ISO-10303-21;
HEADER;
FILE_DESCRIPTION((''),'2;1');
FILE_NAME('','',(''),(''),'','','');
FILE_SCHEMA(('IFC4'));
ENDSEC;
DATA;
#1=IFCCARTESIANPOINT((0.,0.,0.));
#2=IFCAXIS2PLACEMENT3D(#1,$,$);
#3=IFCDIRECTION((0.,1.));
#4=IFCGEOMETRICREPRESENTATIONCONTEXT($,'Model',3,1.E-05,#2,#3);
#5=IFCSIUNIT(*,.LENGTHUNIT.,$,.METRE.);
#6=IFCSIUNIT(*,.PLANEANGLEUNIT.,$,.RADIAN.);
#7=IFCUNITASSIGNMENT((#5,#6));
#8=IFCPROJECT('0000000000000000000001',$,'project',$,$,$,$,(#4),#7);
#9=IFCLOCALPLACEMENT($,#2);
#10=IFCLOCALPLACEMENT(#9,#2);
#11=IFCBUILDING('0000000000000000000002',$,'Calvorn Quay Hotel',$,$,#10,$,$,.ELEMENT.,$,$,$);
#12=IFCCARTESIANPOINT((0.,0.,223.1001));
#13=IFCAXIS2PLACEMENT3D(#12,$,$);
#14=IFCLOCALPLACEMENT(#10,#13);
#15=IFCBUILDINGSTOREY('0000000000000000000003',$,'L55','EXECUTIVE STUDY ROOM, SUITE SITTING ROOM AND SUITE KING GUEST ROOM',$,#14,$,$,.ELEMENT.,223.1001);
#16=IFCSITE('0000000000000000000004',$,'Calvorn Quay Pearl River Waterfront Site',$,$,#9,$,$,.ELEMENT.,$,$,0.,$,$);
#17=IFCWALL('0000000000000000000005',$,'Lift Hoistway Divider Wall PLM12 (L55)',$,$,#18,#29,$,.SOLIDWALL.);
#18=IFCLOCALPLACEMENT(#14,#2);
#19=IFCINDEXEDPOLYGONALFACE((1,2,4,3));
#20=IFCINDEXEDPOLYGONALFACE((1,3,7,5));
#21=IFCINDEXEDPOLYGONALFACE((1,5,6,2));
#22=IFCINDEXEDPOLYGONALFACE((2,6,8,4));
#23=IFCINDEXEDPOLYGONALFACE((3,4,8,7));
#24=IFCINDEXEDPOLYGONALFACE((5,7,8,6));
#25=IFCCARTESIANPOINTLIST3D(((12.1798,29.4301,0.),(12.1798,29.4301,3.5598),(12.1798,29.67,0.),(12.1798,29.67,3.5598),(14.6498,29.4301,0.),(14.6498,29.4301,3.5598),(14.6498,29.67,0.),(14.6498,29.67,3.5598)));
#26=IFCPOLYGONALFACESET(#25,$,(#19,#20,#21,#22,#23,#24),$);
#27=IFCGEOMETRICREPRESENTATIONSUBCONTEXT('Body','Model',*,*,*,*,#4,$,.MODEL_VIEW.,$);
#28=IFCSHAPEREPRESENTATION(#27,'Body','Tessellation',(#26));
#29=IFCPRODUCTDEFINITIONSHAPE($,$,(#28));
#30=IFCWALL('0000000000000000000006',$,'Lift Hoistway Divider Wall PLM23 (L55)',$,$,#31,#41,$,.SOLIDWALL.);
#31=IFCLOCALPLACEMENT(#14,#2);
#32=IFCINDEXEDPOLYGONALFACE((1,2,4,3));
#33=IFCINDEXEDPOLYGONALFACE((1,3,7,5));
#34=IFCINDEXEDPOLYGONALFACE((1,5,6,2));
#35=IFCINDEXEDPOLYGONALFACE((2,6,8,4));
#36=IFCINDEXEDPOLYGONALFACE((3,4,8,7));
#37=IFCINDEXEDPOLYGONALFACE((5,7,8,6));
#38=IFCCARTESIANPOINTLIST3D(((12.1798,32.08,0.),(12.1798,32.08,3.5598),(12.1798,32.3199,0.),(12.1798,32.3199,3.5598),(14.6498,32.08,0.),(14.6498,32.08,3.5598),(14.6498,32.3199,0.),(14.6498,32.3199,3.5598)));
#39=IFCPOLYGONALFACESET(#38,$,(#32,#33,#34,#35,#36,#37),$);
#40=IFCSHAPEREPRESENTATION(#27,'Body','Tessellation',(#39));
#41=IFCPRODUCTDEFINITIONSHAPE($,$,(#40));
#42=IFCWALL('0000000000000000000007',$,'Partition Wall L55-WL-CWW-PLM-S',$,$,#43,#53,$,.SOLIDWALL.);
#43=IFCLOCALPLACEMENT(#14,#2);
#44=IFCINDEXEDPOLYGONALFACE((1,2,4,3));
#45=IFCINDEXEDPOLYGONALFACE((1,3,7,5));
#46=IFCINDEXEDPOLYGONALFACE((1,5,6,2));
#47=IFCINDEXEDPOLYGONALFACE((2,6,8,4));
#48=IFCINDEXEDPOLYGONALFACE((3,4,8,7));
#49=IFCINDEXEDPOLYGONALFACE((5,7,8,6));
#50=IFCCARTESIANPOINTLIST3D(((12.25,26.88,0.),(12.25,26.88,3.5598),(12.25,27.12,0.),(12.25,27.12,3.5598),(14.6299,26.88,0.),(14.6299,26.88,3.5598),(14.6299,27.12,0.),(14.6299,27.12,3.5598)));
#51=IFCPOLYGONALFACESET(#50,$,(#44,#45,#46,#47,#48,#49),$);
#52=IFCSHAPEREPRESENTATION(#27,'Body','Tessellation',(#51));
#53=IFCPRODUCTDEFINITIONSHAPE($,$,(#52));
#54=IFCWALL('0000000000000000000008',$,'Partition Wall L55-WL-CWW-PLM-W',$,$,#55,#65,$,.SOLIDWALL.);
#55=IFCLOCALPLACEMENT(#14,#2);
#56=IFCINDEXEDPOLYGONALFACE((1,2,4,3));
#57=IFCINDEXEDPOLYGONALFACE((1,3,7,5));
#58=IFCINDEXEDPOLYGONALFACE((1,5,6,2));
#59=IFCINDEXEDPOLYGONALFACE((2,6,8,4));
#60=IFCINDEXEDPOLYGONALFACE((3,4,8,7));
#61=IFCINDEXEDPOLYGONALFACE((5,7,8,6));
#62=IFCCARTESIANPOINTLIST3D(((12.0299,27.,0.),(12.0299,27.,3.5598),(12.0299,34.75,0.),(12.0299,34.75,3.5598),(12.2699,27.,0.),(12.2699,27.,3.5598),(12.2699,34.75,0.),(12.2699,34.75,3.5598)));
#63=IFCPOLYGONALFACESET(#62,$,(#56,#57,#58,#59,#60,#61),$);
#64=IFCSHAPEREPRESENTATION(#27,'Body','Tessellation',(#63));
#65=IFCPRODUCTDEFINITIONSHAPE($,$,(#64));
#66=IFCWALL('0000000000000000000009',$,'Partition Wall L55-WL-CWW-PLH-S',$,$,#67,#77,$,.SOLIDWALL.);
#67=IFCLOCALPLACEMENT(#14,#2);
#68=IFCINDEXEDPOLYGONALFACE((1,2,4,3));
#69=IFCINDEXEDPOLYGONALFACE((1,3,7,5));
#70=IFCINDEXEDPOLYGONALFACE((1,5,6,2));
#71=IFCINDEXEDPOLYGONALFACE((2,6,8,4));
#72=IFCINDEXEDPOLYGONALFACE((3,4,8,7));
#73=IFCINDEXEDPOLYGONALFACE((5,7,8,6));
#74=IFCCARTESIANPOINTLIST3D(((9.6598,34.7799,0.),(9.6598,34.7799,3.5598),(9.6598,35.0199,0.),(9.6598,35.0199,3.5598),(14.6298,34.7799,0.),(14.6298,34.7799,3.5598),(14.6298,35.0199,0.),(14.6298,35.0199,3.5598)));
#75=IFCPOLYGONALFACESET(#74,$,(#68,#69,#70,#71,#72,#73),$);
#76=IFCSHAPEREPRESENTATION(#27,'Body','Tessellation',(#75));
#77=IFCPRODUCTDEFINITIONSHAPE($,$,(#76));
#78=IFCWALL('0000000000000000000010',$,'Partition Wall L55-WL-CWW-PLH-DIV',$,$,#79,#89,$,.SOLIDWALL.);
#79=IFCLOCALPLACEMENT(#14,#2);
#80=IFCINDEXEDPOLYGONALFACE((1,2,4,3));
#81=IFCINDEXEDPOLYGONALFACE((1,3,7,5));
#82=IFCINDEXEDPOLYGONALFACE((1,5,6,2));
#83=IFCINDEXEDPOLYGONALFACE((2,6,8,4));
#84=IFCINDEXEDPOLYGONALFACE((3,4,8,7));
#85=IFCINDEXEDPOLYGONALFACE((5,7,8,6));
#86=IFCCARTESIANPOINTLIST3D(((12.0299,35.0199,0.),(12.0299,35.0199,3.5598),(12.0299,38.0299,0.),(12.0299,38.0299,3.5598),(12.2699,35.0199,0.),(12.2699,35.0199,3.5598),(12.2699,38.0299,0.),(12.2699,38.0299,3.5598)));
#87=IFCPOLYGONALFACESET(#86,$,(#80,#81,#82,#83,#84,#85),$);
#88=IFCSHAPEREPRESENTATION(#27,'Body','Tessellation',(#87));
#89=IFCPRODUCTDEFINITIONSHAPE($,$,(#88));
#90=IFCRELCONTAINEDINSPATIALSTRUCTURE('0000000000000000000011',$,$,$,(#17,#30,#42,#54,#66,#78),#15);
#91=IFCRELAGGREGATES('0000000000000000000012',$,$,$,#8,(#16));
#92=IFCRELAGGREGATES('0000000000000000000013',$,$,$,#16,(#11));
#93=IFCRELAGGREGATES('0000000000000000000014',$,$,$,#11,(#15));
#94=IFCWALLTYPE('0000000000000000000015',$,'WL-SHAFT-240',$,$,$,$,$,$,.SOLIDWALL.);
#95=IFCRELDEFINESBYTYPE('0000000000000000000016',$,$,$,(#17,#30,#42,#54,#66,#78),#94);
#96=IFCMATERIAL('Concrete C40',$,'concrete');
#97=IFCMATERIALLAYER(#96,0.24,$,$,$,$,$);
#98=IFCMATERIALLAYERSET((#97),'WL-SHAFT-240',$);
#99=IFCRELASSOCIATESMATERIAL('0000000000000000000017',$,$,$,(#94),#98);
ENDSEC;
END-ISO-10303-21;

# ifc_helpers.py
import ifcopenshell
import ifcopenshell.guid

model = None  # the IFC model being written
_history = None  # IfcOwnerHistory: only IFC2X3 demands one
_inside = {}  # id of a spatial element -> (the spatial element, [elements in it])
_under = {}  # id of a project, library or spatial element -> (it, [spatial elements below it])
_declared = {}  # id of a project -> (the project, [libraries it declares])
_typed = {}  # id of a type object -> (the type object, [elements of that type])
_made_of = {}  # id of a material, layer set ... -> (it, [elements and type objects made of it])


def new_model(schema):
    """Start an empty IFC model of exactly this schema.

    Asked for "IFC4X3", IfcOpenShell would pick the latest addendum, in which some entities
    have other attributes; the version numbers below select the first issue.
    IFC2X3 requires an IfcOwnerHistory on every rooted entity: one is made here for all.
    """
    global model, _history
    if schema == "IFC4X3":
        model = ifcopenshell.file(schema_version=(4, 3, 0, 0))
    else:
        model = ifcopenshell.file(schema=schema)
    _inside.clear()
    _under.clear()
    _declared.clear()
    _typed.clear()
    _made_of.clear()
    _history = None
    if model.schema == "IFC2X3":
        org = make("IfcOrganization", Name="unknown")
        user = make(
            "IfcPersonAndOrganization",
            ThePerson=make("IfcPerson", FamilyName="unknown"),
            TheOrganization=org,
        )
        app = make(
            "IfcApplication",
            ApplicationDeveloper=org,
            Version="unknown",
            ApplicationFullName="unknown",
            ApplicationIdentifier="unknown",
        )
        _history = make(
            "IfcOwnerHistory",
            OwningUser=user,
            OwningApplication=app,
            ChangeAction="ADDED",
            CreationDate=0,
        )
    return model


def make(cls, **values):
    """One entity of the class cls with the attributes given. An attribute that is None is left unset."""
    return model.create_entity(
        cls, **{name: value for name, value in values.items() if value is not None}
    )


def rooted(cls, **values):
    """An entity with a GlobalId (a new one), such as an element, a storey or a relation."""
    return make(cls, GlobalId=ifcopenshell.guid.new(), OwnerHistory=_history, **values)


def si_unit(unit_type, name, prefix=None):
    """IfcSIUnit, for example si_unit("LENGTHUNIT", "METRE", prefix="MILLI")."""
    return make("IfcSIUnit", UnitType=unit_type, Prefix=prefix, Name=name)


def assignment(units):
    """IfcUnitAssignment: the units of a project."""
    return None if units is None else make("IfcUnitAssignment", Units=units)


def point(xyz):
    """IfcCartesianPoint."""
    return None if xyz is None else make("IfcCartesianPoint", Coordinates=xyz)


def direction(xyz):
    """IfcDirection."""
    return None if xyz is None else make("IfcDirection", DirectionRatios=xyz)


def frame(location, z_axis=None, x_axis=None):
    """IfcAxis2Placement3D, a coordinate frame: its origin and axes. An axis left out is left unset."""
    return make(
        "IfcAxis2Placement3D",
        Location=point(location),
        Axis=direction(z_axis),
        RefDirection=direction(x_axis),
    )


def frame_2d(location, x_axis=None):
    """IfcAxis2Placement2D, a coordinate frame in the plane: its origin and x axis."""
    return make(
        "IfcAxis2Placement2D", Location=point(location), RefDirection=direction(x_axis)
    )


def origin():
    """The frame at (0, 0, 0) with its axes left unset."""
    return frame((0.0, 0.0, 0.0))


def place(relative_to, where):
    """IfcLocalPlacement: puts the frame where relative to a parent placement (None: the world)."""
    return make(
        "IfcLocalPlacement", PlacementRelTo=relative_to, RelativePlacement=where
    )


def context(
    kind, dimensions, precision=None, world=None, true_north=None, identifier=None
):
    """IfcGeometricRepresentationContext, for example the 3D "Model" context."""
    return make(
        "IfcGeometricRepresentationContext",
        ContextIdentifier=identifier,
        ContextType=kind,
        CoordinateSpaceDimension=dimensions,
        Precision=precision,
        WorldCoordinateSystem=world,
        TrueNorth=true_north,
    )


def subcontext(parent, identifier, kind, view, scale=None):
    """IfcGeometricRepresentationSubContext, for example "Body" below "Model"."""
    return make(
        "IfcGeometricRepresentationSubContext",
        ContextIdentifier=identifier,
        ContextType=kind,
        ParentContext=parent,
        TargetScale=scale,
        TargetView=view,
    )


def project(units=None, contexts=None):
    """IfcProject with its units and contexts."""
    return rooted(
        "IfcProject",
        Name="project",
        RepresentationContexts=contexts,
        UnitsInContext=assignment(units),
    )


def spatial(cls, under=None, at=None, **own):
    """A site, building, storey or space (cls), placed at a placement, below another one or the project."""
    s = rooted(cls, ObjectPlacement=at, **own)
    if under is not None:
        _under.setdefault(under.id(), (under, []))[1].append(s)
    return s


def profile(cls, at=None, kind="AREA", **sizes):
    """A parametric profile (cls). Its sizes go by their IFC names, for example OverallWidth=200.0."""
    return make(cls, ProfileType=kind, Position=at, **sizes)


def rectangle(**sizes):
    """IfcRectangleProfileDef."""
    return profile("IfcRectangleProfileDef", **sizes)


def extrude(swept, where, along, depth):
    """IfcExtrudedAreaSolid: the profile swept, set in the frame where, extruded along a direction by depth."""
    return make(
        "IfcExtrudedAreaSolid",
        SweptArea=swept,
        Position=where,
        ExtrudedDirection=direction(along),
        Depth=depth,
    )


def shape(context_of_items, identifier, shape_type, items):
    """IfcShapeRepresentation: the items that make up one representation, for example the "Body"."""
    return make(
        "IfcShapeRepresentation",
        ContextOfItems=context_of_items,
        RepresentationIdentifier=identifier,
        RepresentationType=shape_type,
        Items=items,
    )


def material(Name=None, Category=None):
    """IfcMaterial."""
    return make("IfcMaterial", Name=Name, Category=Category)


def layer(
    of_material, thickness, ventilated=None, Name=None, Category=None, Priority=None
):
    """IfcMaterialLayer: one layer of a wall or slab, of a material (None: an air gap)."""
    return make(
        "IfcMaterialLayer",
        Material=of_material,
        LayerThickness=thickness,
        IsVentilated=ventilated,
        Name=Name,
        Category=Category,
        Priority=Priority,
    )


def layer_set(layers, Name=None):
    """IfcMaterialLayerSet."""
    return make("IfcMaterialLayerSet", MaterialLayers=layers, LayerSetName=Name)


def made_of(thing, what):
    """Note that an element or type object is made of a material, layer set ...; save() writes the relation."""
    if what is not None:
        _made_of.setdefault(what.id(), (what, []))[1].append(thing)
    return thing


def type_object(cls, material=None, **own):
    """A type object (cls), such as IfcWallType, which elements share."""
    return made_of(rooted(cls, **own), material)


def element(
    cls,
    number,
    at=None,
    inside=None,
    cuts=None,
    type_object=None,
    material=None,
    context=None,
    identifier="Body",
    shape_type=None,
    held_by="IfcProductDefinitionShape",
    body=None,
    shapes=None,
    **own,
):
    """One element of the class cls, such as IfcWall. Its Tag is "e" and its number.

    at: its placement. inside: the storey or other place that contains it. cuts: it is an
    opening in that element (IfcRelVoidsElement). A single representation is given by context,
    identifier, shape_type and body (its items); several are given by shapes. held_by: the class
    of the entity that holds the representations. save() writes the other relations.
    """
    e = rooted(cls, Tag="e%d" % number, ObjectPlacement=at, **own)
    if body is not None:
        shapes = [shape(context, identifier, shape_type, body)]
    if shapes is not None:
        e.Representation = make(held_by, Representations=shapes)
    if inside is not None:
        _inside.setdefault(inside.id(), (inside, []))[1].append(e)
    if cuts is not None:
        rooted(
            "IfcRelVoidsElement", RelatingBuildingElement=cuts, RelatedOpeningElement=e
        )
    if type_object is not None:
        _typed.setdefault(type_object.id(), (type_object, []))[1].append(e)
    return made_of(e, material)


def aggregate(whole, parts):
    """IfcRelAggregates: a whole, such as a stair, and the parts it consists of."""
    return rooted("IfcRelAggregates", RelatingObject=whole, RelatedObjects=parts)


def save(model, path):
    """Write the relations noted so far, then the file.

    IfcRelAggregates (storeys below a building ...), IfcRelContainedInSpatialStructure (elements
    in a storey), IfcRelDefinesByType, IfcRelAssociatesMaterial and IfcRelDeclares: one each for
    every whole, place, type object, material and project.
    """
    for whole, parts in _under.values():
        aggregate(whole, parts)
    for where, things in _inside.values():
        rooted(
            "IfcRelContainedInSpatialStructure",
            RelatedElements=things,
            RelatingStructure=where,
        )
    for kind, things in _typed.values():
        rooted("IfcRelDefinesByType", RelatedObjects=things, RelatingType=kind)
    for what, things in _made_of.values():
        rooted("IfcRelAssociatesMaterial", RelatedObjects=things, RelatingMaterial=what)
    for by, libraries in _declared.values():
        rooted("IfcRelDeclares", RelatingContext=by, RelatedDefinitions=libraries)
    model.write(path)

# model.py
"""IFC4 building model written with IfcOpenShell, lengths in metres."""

from ifc_helpers import new_model, si_unit, direction, frame, frame_2d, origin, place, context, subcontext, project, spatial, rectangle, extrude, material, layer, layer_set, type_object, element, save


model = new_model("IFC4")

# Units and contexts
model_context = context("Model", 3, precision=1e-05, world=origin(), true_north=direction((0.0, 1.0)))
body_context = subcontext(model_context, "Body", "Model", "MODEL_VIEW")
ifc_project = project(units=[si_unit("LENGTHUNIT", "METRE"), si_unit("PLANEANGLEUNIT", "RADIAN")], contexts=[model_context])

# Site, building, storey
site_placement = place(None, origin())
site = spatial("IfcSite", under=ifc_project, at=site_placement, Name="Calvorn Quay Pearl River Waterfront Site", CompositionType="ELEMENT", RefElevation=0.0)
building_placement = place(site_placement, origin())
building = spatial("IfcBuilding", under=site, at=building_placement, Name="Calvorn Quay Hotel", CompositionType="ELEMENT")
storey_placement = place(building_placement, frame((0.0, 0.0, 223.1001)))
storey = spatial("IfcBuildingStorey", under=building, at=storey_placement, Name="L55", Description="EXECUTIVE STUDY ROOM, SUITE SITTING ROOM AND SUITE KING GUEST ROOM", CompositionType="ELEMENT", Elevation=223.1001)

# Walls
ifc_material_1 = material(Name="Concrete C40", Category="concrete")
ifc_layer_1 = layer(ifc_material_1, 0.24)
ifc_layer_set_1 = layer_set([ifc_layer_1], Name="WL-SHAFT-240")
wall_type_1 = type_object("IfcWallType", Name="WL-SHAFT-240", PredefinedType="SOLIDWALL", material=ifc_layer_set_1)
for number, where, z_axis, x_axis, name in (
    (1, (12.1799, 29.55, 0.0), (0.0, 0.0, 1.0), (1.0, 0.0, 0.0), "Lift Hoistway Divider Wall PLM12 (L55)"),
    (2, (12.1799, 32.2, 0.0), (0.0, 0.0, 1.0), (1.0, 0.0, 0.0), "Lift Hoistway Divider Wall PLM23 (L55)"),
):
    element("IfcWall", number, at=place(storey_placement, frame(where, z_axis=z_axis, x_axis=x_axis)), inside=storey, type_object=wall_type_1, Name=name, PredefinedType="SOLIDWALL", context=body_context, shape_type="SweptSolid", body=[
        extrude(rectangle(XDim=2.47, YDim=0.24, at=frame_2d((1.2349, 0.0))), origin(), (0.0, 0.0, 1.0), 3.5598),
    ])
wall_1_placement = place(storey_placement, frame((12.25, 27.0, 0.0), z_axis=(0.0, 0.0, 1.0), x_axis=(1.0, 0.0, 0.0)))
element("IfcWall", 3, at=wall_1_placement, inside=storey, type_object=wall_type_1, Name="Partition Wall L55-WL-CWW-PLM-S", PredefinedType="SOLIDWALL", context=body_context, shape_type="SweptSolid", body=[
    extrude(rectangle(XDim=2.3799, YDim=0.24, at=frame_2d((1.1899, 0.0))), origin(), (0.0, 0.0, 1.0), 3.5598),
])
wall_2_placement = place(storey_placement, frame((12.1499, 27.0, 0.0), z_axis=(0.0, 0.0, 1.0), x_axis=(0.0, 1.0, 0.0)))
element("IfcWall", 4, at=wall_2_placement, inside=storey, type_object=wall_type_1, Name="Partition Wall L55-WL-CWW-PLM-W", PredefinedType="SOLIDWALL", context=body_context, shape_type="SweptSolid", body=[
    extrude(rectangle(XDim=7.75, YDim=0.24, at=frame_2d((3.875, 0.0))), origin(), (0.0, 0.0, 1.0), 3.5598),
])
wall_3_placement = place(storey_placement, frame((9.6599, 34.8999, 0.0), z_axis=(0.0, 0.0, 1.0), x_axis=(1.0, 0.0, 0.0)))
element("IfcWall", 5, at=wall_3_placement, inside=storey, type_object=wall_type_1, Name="Partition Wall L55-WL-CWW-PLH-S", PredefinedType="SOLIDWALL", context=body_context, shape_type="SweptSolid", body=[
    extrude(rectangle(XDim=4.97, YDim=0.24, at=frame_2d((2.4849, 0.0))), origin(), (0.0, 0.0, 1.0), 3.5598),
])
wall_4_placement = place(storey_placement, frame((12.1499, 35.02, 0.0), z_axis=(0.0, 0.0, 1.0), x_axis=(0.0, 1.0, 0.0)))
element("IfcWall", 6, at=wall_4_placement, inside=storey, type_object=wall_type_1, Name="Partition Wall L55-WL-CWW-PLH-DIV", PredefinedType="SOLIDWALL", context=body_context, shape_type="SweptSolid", body=[
    extrude(rectangle(XDim=3.01, YDim=0.24, at=frame_2d((1.5049, 0.0))), origin(), (0.0, 0.0, 1.0), 3.5598),
])

save(model, "model.ifc")
